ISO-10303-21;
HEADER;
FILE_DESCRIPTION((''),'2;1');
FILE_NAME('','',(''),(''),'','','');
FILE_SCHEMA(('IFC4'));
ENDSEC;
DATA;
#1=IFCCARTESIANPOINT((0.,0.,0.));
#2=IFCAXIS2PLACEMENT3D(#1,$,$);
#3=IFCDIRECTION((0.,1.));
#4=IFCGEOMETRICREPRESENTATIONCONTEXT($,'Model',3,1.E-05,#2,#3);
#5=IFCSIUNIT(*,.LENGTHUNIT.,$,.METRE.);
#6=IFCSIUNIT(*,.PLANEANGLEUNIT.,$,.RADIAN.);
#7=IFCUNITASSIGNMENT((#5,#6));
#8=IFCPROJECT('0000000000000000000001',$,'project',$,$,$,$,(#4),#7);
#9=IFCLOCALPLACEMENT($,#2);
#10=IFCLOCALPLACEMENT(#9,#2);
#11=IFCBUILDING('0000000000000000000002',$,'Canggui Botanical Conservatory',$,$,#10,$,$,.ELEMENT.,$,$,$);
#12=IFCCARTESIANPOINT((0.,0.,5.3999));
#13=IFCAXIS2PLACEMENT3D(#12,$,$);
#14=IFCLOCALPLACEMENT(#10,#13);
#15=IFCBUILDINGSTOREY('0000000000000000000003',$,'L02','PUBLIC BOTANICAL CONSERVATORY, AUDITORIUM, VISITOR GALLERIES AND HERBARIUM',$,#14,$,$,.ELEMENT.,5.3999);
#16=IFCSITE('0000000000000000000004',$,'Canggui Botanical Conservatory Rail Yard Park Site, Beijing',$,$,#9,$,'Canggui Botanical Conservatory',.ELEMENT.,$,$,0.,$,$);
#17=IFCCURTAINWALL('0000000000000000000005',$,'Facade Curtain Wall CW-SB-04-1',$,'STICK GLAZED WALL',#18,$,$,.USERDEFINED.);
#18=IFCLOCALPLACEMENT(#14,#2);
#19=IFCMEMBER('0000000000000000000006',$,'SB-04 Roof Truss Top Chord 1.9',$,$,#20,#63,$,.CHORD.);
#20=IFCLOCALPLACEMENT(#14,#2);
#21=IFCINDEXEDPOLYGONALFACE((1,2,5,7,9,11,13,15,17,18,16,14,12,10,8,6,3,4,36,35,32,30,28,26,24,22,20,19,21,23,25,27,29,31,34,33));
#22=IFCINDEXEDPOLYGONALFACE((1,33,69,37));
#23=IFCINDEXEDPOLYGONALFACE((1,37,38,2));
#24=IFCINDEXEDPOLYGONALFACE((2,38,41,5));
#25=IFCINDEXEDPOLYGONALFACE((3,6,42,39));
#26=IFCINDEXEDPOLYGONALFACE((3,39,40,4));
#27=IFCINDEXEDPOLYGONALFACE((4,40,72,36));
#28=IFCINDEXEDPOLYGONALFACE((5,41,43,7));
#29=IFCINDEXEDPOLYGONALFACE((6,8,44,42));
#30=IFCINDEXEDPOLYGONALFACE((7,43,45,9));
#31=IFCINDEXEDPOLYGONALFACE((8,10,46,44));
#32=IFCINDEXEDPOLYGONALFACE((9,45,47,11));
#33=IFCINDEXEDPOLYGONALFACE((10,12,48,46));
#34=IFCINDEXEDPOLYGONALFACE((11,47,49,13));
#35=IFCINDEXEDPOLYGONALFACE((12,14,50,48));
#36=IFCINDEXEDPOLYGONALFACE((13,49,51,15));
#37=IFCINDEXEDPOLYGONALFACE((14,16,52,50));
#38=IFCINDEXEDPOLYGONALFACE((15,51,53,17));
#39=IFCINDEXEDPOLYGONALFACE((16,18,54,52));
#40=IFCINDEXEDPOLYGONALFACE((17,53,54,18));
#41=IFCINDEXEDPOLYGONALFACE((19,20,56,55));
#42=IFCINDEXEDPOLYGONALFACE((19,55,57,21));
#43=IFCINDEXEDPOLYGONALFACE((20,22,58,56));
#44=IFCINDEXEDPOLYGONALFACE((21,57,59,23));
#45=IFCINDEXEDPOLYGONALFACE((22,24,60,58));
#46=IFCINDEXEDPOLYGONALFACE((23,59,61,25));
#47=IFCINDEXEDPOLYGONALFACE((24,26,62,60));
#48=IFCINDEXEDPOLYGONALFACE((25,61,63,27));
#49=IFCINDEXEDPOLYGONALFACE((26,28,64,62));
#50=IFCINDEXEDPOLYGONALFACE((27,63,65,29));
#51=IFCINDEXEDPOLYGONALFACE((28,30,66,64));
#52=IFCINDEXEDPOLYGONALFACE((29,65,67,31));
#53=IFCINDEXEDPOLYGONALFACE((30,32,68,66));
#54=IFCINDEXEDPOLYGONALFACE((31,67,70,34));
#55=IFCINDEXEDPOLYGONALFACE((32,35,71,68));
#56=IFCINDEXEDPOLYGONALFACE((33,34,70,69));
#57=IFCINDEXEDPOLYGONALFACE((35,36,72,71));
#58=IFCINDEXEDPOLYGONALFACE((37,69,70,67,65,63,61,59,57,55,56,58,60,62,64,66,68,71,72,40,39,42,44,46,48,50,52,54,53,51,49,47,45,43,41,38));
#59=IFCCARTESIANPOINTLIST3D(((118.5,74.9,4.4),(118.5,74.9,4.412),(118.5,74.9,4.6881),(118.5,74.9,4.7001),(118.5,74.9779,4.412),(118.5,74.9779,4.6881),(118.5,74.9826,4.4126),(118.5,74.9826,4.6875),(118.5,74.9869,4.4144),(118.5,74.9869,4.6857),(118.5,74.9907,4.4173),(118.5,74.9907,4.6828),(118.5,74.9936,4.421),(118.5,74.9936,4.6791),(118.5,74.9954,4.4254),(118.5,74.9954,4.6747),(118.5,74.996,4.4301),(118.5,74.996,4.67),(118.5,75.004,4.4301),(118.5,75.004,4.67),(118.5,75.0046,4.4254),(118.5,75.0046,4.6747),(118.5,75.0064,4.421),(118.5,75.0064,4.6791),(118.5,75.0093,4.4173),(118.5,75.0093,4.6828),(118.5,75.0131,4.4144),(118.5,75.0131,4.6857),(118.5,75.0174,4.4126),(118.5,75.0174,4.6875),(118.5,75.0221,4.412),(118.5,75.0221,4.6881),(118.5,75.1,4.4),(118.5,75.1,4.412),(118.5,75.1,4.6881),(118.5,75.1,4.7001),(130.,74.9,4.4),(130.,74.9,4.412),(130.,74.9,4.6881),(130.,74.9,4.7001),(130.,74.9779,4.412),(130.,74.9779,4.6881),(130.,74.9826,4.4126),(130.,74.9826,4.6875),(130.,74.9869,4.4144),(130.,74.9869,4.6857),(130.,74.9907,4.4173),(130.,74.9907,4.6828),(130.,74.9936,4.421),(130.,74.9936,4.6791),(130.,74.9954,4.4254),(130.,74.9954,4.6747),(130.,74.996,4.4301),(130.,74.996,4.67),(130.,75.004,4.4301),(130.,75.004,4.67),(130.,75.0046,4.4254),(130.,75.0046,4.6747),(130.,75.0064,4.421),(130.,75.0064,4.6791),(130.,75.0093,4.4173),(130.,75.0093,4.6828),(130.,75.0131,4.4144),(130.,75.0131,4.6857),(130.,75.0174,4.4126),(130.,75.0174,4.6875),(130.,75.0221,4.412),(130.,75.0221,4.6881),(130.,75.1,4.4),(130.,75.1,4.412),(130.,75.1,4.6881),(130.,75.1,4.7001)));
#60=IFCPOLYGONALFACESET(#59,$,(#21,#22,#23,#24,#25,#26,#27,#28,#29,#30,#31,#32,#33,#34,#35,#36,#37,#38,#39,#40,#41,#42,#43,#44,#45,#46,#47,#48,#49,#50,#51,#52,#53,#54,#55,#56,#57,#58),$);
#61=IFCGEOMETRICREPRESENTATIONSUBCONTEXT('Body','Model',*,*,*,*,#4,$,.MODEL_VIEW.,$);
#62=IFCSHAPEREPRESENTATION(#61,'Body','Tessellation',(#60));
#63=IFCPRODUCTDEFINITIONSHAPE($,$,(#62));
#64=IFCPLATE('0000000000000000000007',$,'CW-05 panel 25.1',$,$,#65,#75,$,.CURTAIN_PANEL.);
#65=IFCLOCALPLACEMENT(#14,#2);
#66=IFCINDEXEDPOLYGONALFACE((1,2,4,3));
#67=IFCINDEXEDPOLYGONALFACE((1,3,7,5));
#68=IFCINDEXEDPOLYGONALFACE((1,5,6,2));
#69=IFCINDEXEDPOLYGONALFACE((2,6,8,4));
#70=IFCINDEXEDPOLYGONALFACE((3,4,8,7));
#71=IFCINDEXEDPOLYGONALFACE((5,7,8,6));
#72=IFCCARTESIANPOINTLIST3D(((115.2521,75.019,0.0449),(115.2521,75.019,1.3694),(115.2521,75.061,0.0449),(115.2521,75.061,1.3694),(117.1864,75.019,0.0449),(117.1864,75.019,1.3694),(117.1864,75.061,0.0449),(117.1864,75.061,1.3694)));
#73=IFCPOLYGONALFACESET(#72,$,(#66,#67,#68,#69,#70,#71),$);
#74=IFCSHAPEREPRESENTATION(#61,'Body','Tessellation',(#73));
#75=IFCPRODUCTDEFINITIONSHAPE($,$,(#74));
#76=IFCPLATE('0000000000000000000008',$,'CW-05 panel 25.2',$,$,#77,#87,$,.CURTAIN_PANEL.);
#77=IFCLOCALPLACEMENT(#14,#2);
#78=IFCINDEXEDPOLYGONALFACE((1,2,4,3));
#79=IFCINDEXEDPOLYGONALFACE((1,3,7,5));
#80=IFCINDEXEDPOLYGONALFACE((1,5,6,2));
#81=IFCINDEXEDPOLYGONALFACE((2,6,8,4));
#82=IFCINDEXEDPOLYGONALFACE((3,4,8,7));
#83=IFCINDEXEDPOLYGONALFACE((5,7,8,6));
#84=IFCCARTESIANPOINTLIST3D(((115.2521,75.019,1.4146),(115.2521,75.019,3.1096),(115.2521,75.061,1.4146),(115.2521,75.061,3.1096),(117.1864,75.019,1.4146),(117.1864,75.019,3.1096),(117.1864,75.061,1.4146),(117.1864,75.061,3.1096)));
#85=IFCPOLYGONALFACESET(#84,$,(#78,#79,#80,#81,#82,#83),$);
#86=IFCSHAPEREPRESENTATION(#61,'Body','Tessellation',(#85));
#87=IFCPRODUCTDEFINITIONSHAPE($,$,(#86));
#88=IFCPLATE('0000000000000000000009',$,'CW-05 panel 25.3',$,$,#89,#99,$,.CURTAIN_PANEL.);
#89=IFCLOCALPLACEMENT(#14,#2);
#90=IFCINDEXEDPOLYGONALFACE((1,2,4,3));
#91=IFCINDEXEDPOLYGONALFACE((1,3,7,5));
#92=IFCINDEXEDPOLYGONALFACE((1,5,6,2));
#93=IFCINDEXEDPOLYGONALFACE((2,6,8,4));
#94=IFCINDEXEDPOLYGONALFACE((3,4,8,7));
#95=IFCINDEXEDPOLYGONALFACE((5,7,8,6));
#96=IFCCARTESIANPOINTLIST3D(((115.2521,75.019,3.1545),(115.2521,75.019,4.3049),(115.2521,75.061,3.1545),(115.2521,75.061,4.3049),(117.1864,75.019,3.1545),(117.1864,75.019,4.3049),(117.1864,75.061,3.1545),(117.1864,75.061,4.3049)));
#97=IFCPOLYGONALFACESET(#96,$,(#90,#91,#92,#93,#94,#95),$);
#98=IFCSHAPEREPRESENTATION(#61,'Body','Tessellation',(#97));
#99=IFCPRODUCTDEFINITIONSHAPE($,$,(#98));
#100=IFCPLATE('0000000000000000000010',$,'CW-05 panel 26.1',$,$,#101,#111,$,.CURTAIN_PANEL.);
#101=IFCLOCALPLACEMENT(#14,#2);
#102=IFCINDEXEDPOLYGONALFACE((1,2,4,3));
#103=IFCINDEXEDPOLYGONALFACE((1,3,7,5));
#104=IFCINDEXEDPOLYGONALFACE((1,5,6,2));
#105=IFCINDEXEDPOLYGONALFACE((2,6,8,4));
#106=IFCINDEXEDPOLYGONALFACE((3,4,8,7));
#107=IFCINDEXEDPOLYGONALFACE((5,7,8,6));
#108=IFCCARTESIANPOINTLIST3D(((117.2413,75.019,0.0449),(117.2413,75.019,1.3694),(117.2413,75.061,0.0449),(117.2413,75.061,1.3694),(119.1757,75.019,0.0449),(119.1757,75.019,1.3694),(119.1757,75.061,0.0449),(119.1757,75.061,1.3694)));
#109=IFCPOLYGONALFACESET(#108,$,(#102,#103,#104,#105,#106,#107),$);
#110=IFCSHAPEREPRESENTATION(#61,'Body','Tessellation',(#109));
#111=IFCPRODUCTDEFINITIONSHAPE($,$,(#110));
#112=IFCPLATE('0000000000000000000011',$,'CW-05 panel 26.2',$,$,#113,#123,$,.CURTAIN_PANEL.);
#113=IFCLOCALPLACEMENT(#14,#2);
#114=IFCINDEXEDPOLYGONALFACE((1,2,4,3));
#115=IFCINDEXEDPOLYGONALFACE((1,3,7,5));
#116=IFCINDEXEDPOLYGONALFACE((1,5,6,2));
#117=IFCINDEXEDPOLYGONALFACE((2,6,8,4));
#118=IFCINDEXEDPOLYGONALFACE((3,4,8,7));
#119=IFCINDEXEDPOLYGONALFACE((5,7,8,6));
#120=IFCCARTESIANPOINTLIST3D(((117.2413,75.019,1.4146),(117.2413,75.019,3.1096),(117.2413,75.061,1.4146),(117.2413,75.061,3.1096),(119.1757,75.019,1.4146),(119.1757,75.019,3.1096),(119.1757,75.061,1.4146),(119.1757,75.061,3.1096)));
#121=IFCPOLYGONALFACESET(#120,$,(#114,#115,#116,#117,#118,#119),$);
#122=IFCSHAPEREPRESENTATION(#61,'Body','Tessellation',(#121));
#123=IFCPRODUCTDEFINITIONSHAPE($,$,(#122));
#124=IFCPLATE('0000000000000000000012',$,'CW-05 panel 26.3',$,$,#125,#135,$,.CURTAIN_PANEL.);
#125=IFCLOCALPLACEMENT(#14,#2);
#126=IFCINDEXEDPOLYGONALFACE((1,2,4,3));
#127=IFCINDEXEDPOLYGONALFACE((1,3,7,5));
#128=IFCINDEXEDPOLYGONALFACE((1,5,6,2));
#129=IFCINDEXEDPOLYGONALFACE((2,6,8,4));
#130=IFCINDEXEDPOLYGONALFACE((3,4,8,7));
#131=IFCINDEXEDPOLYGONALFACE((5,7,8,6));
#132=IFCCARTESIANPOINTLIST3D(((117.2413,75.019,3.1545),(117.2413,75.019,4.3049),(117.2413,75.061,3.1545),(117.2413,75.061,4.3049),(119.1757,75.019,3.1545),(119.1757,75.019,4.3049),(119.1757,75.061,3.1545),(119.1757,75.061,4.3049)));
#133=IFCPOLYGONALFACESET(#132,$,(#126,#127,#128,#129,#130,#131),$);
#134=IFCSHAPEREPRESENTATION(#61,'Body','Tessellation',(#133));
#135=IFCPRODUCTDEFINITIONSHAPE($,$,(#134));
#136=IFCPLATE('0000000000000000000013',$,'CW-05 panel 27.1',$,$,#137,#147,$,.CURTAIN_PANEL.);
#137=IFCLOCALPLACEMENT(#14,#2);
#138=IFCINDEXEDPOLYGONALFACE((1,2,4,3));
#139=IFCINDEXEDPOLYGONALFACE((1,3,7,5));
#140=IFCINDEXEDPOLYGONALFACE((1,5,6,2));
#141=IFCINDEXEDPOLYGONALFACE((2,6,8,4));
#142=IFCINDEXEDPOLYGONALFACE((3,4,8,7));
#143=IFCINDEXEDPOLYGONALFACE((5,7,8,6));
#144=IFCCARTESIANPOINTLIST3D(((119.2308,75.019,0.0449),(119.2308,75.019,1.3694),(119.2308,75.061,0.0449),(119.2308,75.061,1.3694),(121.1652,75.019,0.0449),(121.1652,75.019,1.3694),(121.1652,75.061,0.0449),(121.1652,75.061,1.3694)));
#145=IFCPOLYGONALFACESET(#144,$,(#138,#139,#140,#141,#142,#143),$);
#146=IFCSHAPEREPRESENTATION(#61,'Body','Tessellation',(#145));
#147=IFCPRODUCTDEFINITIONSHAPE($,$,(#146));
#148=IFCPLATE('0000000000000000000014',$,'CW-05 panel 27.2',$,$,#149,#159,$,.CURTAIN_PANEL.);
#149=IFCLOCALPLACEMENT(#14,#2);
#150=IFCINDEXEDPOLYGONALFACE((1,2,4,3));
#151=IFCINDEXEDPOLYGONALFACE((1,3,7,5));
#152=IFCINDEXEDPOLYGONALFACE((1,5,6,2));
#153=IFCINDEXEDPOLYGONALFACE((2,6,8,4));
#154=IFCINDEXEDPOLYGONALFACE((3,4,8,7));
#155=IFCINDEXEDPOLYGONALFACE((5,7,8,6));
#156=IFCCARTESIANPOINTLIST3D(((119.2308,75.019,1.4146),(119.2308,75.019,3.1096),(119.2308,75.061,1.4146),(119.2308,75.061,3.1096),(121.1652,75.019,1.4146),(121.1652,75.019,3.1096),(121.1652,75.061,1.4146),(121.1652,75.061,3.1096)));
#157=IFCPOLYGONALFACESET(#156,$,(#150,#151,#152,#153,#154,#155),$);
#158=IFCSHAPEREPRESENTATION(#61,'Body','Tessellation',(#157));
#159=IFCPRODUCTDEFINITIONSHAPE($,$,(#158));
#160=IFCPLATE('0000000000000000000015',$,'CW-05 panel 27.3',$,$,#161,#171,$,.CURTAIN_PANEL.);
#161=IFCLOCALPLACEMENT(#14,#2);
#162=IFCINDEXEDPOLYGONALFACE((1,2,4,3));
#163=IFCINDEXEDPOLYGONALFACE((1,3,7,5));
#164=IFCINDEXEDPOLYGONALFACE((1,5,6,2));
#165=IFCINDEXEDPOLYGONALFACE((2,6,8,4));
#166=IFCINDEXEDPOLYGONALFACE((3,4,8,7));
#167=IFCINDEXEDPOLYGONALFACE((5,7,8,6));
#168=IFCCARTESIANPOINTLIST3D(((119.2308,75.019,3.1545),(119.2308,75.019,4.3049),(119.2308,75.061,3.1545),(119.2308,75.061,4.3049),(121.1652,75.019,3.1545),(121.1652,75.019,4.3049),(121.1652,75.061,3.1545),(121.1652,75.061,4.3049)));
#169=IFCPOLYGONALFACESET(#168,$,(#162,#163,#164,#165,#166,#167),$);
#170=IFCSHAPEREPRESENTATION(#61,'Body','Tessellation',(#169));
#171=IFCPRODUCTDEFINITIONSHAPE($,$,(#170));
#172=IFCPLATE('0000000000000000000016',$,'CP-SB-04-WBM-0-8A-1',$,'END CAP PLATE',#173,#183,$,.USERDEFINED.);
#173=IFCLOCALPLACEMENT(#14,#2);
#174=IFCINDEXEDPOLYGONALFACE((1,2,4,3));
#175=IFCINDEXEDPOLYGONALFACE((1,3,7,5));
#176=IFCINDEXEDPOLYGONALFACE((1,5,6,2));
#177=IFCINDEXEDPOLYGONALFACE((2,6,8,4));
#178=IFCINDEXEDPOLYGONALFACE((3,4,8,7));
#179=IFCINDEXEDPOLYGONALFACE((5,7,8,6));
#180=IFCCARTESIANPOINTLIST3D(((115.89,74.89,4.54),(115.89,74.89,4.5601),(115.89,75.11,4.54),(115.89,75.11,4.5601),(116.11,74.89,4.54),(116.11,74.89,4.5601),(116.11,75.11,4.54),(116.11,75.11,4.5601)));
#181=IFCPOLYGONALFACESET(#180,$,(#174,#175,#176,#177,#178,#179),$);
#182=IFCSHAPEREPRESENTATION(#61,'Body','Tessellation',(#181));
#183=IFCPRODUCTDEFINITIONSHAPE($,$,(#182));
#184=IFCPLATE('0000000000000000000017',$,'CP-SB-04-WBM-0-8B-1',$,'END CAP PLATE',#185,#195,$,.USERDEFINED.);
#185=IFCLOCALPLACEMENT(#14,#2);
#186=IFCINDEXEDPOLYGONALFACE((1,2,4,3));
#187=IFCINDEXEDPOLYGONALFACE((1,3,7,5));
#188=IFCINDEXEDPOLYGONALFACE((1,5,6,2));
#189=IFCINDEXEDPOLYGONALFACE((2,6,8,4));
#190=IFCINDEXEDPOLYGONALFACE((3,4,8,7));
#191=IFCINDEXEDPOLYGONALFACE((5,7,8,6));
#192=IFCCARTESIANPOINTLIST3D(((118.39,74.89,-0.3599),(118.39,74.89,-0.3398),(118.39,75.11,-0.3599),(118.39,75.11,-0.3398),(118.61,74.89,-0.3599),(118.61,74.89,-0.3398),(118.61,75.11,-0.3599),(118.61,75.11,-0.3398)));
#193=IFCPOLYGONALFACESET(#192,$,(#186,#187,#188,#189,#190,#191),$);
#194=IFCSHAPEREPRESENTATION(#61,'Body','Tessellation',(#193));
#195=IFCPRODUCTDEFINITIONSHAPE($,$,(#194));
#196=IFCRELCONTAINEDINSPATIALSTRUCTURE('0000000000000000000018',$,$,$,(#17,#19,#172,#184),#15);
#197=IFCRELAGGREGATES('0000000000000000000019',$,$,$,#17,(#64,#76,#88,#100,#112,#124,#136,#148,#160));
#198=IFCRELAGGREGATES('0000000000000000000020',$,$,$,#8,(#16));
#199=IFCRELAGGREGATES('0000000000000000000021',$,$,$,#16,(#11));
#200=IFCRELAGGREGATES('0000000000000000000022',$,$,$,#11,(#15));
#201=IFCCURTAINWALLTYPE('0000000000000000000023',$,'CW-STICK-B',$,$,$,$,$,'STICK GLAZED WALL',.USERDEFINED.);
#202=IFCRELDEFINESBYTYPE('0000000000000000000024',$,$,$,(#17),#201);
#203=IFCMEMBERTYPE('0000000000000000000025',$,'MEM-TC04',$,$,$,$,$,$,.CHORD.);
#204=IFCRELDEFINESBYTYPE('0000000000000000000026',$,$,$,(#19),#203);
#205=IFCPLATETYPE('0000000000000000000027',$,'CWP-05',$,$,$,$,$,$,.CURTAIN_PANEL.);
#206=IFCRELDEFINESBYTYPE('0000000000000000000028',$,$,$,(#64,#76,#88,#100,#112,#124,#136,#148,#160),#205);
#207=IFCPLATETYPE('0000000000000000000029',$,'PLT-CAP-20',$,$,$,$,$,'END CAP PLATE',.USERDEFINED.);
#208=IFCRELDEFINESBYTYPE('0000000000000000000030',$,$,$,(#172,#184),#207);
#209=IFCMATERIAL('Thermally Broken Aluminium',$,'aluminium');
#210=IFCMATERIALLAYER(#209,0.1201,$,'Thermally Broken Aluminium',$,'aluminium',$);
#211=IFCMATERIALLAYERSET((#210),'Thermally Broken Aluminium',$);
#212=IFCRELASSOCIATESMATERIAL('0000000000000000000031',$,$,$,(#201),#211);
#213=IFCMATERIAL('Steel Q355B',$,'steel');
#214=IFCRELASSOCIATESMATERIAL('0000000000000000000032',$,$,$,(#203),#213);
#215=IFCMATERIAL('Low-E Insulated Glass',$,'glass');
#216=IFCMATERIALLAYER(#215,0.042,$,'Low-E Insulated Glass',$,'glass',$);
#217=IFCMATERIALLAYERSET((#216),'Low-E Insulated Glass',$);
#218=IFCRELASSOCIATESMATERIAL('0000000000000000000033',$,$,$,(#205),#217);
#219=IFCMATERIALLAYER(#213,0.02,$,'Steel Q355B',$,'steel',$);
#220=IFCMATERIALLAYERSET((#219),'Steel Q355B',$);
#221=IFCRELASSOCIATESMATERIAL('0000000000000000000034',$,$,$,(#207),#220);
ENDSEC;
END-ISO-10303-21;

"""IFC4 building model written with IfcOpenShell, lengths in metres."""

from ifc_helpers import new_model, si_unit, direction, frame, origin, origin_2d, place, context, subcontext, project, spatial, rectangle, i_section, extrude, material, layer, layer_set, material_profile, profile_set, type_object, element, aggregate, save


model = new_model("IFC4")

# Units and contexts
model_context = context("Model", 3, precision=1e-05, world=origin(), true_north=direction((0.0, 1.0)))
body_context = subcontext(model_context, "Body", "Model", "MODEL_VIEW")
ifc_project = project(units=[si_unit("LENGTHUNIT", "METRE"), si_unit("PLANEANGLEUNIT", "RADIAN")], contexts=[model_context])

# Site, building, storey
site_placement = place(None, origin())
site = spatial("IfcSite", under=ifc_project, at=site_placement, Name="Canggui Botanical Conservatory Rail Yard Park Site, Beijing", LongName="Canggui Botanical Conservatory", CompositionType="ELEMENT", RefElevation=0.0)
building_placement = place(site_placement, origin())
building = spatial("IfcBuilding", under=site, at=building_placement, Name="Canggui Botanical Conservatory", CompositionType="ELEMENT")
storey_placement = place(building_placement, frame((0.0, 0.0, 5.3999)))
storey = spatial("IfcBuildingStorey", under=building, at=storey_placement, Name="L02", Description="PUBLIC BOTANICAL CONSERVATORY, AUDITORIUM, VISITOR GALLERIES AND HERBARIUM", CompositionType="ELEMENT", Elevation=5.3999)

# Shared definitions
ifc_material_1 = material(Name="Steel Q355B", Category="steel")

# Curtain wall
ifc_material_2 = material(Name="Thermally Broken Aluminium", Category="aluminium")
ifc_layer_1 = layer(ifc_material_2, 0.1201, Name="Thermally Broken Aluminium", Category="aluminium")
ifc_layer_set_1 = layer_set([ifc_layer_1], Name="Thermally Broken Aluminium")
curtain_wall_type = type_object("IfcCurtainWallType", Name="CW-STICK-B", ElementType="STICK GLAZED WALL", PredefinedType="USERDEFINED", material=ifc_layer_set_1)
curtain_wall_placement = place(storey_placement, origin())
curtain_wall = element("IfcCurtainWall", 1, at=curtain_wall_placement, inside=storey, type_object=curtain_wall_type, Name="Facade Curtain Wall CW-SB-04-1", ObjectType="STICK GLAZED WALL", PredefinedType="USERDEFINED")

# Member
ifc_material_profile_1 = material_profile(ifc_material_1, i_section(OverallWidth=0.2, OverallDepth=0.3, WebThickness=0.0081, FlangeThickness=0.012, FilletRadius=0.0181, at=origin_2d()), Name="HM 300x200x8x12")
ifc_profile_set_1 = profile_set([ifc_material_profile_1], Name="Steel Q355B")
member_type_1 = type_object("IfcMemberType", Name="MEM-TC04", PredefinedType="CHORD", material=ifc_profile_set_1)
member_1_placement = place(storey_placement, frame((118.5, 75.0, 4.55), z_axis=(1.0, 0.0, 0.0), x_axis=(0.0, 1.0, 0.0)))
element("IfcMember", 2, at=member_1_placement, inside=storey, type_object=member_type_1, Name="SB-04 Roof Truss Top Chord 1.9", PredefinedType="CHORD", context=body_context, shape_type="SweptSolid", body=[
    extrude(i_section(OverallWidth=0.2, OverallDepth=0.3, WebThickness=0.0081, FlangeThickness=0.012, FilletRadius=0.0181, at=origin_2d()), origin(), (0.0, 0.0, 1.0), 11.5),
])

# Plates
ifc_material_3 = material(Name="Low-E Insulated Glass", Category="glass")
ifc_layer_2 = layer(ifc_material_3, 0.042, Name="Low-E Insulated Glass", Category="glass")
ifc_layer_set_2 = layer_set([ifc_layer_2], Name="Low-E Insulated Glass")
plate_type_1 = type_object("IfcPlateType", Name="CWP-05", PredefinedType="CURTAIN_PANEL", material=ifc_layer_set_2)
plate_1_placement = place(storey_placement, frame((116.2192, 75.04, 0.0449), z_axis=(0.0, 0.0, 1.0), x_axis=(1.0, 0.0, 0.0)))
plate_1 = element("IfcPlate", 3, at=plate_1_placement, type_object=plate_type_1, Name="CW-05 panel 25.1", PredefinedType="CURTAIN_PANEL", context=body_context, shape_type="SweptSolid", body=[
    extrude(rectangle(XDim=1.9343, YDim=0.042, at=origin_2d()), origin(), (0.0, 0.0, 1.0), 1.3245),
])
plate_2_placement = place(storey_placement, frame((116.2192, 75.04, 1.4146), z_axis=(0.0, 0.0, 1.0), x_axis=(1.0, 0.0, 0.0)))
plate_2 = element("IfcPlate", 4, at=plate_2_placement, type_object=plate_type_1, Name="CW-05 panel 25.2", PredefinedType="CURTAIN_PANEL", context=body_context, shape_type="SweptSolid", body=[
    extrude(rectangle(XDim=1.9343, YDim=0.042, at=origin_2d()), origin(), (0.0, 0.0, 1.0), 1.6951),
])
plate_3_placement = place(storey_placement, frame((116.2192, 75.04, 3.1545), z_axis=(0.0, 0.0, 1.0), x_axis=(1.0, 0.0, 0.0)))
plate_3 = element("IfcPlate", 5, at=plate_3_placement, type_object=plate_type_1, Name="CW-05 panel 25.3", PredefinedType="CURTAIN_PANEL", context=body_context, shape_type="SweptSolid", body=[
    extrude(rectangle(XDim=1.9343, YDim=0.042, at=origin_2d()), origin(), (0.0, 0.0, 1.0), 1.1504),
])
plate_4_placement = place(storey_placement, frame((118.2085, 75.04, 0.0449), z_axis=(0.0, 0.0, 1.0), x_axis=(1.0, 0.0, 0.0)))
plate_4 = element("IfcPlate", 6, at=plate_4_placement, type_object=plate_type_1, Name="CW-05 panel 26.1", PredefinedType="CURTAIN_PANEL", context=body_context, shape_type="SweptSolid", body=[
    extrude(rectangle(XDim=1.9343, YDim=0.042, at=origin_2d()), origin(), (0.0, 0.0, 1.0), 1.3245),
])
plate_5_placement = place(storey_placement, frame((118.2085, 75.04, 1.4146), z_axis=(0.0, 0.0, 1.0), x_axis=(1.0, 0.0, 0.0)))
plate_5 = element("IfcPlate", 7, at=plate_5_placement, type_object=plate_type_1, Name="CW-05 panel 26.2", PredefinedType="CURTAIN_PANEL", context=body_context, shape_type="SweptSolid", body=[
    extrude(rectangle(XDim=1.9343, YDim=0.042, at=origin_2d()), origin(), (0.0, 0.0, 1.0), 1.6951),
])
plate_6_placement = place(storey_placement, frame((118.2085, 75.04, 3.1545), z_axis=(0.0, 0.0, 1.0), x_axis=(1.0, 0.0, 0.0)))
plate_6 = element("IfcPlate", 8, at=plate_6_placement, type_object=plate_type_1, Name="CW-05 panel 26.3", PredefinedType="CURTAIN_PANEL", context=body_context, shape_type="SweptSolid", body=[
    extrude(rectangle(XDim=1.9343, YDim=0.042, at=origin_2d()), origin(), (0.0, 0.0, 1.0), 1.1504),
])
plate_7_placement = place(storey_placement, frame((120.198, 75.04, 0.0449), z_axis=(0.0, 0.0, 1.0), x_axis=(1.0, 0.0, 0.0)))
plate_7 = element("IfcPlate", 9, at=plate_7_placement, type_object=plate_type_1, Name="CW-05 panel 27.1", PredefinedType="CURTAIN_PANEL", context=body_context, shape_type="SweptSolid", body=[
    extrude(rectangle(XDim=1.9343, YDim=0.042, at=origin_2d()), origin(), (0.0, 0.0, 1.0), 1.3245),
])
plate_8_placement = place(storey_placement, frame((120.198, 75.04, 1.4146), z_axis=(0.0, 0.0, 1.0), x_axis=(1.0, 0.0, 0.0)))
plate_8 = element("IfcPlate", 10, at=plate_8_placement, type_object=plate_type_1, Name="CW-05 panel 27.2", PredefinedType="CURTAIN_PANEL", context=body_context, shape_type="SweptSolid", body=[
    extrude(rectangle(XDim=1.9343, YDim=0.042, at=origin_2d()), origin(), (0.0, 0.0, 1.0), 1.6951),
])
plate_9_placement = place(storey_placement, frame((120.198, 75.04, 3.1545), z_axis=(0.0, 0.0, 1.0), x_axis=(1.0, 0.0, 0.0)))
plate_9 = element("IfcPlate", 11, at=plate_9_placement, type_object=plate_type_1, Name="CW-05 panel 27.3", PredefinedType="CURTAIN_PANEL", context=body_context, shape_type="SweptSolid", body=[
    extrude(rectangle(XDim=1.9343, YDim=0.042, at=origin_2d()), origin(), (0.0, 0.0, 1.0), 1.1504),
])
aggregate(curtain_wall, [plate_1, plate_2, plate_3, plate_4, plate_5, plate_6, plate_7, plate_8, plate_9])

# Plates
ifc_layer_3 = layer(ifc_material_1, 0.02, Name="Steel Q355B", Category="steel")
ifc_layer_set_3 = layer_set([ifc_layer_3], Name="Steel Q355B")
plate_type_2 = type_object("IfcPlateType", Name="PLT-CAP-20", ElementType="END CAP PLATE", PredefinedType="USERDEFINED", material=ifc_layer_set_3)
for number, where, z_axis, x_axis, name in (
    (12, (116.0, 75.0, 4.54), (0.0, 0.0, 1.0), (1.0, 0.0, 0.0), "CP-SB-04-WBM-0-8A-1"),
    (13, (118.5, 75.0, -0.3599), (0.0, 0.0, 1.0), (1.0, 0.0, 0.0), "CP-SB-04-WBM-0-8B-1"),
):
    element("IfcPlate", number, at=place(storey_placement, frame(where, z_axis=z_axis, x_axis=x_axis)), inside=storey, type_object=plate_type_2, Name=name, ObjectType="END CAP PLATE", PredefinedType="USERDEFINED", context=body_context, shape_type="SweptSolid", body=[
        extrude(rectangle(XDim=0.22, YDim=0.22, at=origin_2d()), origin(), (0.0, 0.0, 1.0), 0.02),
    ])

save(model, "model.ifc")
